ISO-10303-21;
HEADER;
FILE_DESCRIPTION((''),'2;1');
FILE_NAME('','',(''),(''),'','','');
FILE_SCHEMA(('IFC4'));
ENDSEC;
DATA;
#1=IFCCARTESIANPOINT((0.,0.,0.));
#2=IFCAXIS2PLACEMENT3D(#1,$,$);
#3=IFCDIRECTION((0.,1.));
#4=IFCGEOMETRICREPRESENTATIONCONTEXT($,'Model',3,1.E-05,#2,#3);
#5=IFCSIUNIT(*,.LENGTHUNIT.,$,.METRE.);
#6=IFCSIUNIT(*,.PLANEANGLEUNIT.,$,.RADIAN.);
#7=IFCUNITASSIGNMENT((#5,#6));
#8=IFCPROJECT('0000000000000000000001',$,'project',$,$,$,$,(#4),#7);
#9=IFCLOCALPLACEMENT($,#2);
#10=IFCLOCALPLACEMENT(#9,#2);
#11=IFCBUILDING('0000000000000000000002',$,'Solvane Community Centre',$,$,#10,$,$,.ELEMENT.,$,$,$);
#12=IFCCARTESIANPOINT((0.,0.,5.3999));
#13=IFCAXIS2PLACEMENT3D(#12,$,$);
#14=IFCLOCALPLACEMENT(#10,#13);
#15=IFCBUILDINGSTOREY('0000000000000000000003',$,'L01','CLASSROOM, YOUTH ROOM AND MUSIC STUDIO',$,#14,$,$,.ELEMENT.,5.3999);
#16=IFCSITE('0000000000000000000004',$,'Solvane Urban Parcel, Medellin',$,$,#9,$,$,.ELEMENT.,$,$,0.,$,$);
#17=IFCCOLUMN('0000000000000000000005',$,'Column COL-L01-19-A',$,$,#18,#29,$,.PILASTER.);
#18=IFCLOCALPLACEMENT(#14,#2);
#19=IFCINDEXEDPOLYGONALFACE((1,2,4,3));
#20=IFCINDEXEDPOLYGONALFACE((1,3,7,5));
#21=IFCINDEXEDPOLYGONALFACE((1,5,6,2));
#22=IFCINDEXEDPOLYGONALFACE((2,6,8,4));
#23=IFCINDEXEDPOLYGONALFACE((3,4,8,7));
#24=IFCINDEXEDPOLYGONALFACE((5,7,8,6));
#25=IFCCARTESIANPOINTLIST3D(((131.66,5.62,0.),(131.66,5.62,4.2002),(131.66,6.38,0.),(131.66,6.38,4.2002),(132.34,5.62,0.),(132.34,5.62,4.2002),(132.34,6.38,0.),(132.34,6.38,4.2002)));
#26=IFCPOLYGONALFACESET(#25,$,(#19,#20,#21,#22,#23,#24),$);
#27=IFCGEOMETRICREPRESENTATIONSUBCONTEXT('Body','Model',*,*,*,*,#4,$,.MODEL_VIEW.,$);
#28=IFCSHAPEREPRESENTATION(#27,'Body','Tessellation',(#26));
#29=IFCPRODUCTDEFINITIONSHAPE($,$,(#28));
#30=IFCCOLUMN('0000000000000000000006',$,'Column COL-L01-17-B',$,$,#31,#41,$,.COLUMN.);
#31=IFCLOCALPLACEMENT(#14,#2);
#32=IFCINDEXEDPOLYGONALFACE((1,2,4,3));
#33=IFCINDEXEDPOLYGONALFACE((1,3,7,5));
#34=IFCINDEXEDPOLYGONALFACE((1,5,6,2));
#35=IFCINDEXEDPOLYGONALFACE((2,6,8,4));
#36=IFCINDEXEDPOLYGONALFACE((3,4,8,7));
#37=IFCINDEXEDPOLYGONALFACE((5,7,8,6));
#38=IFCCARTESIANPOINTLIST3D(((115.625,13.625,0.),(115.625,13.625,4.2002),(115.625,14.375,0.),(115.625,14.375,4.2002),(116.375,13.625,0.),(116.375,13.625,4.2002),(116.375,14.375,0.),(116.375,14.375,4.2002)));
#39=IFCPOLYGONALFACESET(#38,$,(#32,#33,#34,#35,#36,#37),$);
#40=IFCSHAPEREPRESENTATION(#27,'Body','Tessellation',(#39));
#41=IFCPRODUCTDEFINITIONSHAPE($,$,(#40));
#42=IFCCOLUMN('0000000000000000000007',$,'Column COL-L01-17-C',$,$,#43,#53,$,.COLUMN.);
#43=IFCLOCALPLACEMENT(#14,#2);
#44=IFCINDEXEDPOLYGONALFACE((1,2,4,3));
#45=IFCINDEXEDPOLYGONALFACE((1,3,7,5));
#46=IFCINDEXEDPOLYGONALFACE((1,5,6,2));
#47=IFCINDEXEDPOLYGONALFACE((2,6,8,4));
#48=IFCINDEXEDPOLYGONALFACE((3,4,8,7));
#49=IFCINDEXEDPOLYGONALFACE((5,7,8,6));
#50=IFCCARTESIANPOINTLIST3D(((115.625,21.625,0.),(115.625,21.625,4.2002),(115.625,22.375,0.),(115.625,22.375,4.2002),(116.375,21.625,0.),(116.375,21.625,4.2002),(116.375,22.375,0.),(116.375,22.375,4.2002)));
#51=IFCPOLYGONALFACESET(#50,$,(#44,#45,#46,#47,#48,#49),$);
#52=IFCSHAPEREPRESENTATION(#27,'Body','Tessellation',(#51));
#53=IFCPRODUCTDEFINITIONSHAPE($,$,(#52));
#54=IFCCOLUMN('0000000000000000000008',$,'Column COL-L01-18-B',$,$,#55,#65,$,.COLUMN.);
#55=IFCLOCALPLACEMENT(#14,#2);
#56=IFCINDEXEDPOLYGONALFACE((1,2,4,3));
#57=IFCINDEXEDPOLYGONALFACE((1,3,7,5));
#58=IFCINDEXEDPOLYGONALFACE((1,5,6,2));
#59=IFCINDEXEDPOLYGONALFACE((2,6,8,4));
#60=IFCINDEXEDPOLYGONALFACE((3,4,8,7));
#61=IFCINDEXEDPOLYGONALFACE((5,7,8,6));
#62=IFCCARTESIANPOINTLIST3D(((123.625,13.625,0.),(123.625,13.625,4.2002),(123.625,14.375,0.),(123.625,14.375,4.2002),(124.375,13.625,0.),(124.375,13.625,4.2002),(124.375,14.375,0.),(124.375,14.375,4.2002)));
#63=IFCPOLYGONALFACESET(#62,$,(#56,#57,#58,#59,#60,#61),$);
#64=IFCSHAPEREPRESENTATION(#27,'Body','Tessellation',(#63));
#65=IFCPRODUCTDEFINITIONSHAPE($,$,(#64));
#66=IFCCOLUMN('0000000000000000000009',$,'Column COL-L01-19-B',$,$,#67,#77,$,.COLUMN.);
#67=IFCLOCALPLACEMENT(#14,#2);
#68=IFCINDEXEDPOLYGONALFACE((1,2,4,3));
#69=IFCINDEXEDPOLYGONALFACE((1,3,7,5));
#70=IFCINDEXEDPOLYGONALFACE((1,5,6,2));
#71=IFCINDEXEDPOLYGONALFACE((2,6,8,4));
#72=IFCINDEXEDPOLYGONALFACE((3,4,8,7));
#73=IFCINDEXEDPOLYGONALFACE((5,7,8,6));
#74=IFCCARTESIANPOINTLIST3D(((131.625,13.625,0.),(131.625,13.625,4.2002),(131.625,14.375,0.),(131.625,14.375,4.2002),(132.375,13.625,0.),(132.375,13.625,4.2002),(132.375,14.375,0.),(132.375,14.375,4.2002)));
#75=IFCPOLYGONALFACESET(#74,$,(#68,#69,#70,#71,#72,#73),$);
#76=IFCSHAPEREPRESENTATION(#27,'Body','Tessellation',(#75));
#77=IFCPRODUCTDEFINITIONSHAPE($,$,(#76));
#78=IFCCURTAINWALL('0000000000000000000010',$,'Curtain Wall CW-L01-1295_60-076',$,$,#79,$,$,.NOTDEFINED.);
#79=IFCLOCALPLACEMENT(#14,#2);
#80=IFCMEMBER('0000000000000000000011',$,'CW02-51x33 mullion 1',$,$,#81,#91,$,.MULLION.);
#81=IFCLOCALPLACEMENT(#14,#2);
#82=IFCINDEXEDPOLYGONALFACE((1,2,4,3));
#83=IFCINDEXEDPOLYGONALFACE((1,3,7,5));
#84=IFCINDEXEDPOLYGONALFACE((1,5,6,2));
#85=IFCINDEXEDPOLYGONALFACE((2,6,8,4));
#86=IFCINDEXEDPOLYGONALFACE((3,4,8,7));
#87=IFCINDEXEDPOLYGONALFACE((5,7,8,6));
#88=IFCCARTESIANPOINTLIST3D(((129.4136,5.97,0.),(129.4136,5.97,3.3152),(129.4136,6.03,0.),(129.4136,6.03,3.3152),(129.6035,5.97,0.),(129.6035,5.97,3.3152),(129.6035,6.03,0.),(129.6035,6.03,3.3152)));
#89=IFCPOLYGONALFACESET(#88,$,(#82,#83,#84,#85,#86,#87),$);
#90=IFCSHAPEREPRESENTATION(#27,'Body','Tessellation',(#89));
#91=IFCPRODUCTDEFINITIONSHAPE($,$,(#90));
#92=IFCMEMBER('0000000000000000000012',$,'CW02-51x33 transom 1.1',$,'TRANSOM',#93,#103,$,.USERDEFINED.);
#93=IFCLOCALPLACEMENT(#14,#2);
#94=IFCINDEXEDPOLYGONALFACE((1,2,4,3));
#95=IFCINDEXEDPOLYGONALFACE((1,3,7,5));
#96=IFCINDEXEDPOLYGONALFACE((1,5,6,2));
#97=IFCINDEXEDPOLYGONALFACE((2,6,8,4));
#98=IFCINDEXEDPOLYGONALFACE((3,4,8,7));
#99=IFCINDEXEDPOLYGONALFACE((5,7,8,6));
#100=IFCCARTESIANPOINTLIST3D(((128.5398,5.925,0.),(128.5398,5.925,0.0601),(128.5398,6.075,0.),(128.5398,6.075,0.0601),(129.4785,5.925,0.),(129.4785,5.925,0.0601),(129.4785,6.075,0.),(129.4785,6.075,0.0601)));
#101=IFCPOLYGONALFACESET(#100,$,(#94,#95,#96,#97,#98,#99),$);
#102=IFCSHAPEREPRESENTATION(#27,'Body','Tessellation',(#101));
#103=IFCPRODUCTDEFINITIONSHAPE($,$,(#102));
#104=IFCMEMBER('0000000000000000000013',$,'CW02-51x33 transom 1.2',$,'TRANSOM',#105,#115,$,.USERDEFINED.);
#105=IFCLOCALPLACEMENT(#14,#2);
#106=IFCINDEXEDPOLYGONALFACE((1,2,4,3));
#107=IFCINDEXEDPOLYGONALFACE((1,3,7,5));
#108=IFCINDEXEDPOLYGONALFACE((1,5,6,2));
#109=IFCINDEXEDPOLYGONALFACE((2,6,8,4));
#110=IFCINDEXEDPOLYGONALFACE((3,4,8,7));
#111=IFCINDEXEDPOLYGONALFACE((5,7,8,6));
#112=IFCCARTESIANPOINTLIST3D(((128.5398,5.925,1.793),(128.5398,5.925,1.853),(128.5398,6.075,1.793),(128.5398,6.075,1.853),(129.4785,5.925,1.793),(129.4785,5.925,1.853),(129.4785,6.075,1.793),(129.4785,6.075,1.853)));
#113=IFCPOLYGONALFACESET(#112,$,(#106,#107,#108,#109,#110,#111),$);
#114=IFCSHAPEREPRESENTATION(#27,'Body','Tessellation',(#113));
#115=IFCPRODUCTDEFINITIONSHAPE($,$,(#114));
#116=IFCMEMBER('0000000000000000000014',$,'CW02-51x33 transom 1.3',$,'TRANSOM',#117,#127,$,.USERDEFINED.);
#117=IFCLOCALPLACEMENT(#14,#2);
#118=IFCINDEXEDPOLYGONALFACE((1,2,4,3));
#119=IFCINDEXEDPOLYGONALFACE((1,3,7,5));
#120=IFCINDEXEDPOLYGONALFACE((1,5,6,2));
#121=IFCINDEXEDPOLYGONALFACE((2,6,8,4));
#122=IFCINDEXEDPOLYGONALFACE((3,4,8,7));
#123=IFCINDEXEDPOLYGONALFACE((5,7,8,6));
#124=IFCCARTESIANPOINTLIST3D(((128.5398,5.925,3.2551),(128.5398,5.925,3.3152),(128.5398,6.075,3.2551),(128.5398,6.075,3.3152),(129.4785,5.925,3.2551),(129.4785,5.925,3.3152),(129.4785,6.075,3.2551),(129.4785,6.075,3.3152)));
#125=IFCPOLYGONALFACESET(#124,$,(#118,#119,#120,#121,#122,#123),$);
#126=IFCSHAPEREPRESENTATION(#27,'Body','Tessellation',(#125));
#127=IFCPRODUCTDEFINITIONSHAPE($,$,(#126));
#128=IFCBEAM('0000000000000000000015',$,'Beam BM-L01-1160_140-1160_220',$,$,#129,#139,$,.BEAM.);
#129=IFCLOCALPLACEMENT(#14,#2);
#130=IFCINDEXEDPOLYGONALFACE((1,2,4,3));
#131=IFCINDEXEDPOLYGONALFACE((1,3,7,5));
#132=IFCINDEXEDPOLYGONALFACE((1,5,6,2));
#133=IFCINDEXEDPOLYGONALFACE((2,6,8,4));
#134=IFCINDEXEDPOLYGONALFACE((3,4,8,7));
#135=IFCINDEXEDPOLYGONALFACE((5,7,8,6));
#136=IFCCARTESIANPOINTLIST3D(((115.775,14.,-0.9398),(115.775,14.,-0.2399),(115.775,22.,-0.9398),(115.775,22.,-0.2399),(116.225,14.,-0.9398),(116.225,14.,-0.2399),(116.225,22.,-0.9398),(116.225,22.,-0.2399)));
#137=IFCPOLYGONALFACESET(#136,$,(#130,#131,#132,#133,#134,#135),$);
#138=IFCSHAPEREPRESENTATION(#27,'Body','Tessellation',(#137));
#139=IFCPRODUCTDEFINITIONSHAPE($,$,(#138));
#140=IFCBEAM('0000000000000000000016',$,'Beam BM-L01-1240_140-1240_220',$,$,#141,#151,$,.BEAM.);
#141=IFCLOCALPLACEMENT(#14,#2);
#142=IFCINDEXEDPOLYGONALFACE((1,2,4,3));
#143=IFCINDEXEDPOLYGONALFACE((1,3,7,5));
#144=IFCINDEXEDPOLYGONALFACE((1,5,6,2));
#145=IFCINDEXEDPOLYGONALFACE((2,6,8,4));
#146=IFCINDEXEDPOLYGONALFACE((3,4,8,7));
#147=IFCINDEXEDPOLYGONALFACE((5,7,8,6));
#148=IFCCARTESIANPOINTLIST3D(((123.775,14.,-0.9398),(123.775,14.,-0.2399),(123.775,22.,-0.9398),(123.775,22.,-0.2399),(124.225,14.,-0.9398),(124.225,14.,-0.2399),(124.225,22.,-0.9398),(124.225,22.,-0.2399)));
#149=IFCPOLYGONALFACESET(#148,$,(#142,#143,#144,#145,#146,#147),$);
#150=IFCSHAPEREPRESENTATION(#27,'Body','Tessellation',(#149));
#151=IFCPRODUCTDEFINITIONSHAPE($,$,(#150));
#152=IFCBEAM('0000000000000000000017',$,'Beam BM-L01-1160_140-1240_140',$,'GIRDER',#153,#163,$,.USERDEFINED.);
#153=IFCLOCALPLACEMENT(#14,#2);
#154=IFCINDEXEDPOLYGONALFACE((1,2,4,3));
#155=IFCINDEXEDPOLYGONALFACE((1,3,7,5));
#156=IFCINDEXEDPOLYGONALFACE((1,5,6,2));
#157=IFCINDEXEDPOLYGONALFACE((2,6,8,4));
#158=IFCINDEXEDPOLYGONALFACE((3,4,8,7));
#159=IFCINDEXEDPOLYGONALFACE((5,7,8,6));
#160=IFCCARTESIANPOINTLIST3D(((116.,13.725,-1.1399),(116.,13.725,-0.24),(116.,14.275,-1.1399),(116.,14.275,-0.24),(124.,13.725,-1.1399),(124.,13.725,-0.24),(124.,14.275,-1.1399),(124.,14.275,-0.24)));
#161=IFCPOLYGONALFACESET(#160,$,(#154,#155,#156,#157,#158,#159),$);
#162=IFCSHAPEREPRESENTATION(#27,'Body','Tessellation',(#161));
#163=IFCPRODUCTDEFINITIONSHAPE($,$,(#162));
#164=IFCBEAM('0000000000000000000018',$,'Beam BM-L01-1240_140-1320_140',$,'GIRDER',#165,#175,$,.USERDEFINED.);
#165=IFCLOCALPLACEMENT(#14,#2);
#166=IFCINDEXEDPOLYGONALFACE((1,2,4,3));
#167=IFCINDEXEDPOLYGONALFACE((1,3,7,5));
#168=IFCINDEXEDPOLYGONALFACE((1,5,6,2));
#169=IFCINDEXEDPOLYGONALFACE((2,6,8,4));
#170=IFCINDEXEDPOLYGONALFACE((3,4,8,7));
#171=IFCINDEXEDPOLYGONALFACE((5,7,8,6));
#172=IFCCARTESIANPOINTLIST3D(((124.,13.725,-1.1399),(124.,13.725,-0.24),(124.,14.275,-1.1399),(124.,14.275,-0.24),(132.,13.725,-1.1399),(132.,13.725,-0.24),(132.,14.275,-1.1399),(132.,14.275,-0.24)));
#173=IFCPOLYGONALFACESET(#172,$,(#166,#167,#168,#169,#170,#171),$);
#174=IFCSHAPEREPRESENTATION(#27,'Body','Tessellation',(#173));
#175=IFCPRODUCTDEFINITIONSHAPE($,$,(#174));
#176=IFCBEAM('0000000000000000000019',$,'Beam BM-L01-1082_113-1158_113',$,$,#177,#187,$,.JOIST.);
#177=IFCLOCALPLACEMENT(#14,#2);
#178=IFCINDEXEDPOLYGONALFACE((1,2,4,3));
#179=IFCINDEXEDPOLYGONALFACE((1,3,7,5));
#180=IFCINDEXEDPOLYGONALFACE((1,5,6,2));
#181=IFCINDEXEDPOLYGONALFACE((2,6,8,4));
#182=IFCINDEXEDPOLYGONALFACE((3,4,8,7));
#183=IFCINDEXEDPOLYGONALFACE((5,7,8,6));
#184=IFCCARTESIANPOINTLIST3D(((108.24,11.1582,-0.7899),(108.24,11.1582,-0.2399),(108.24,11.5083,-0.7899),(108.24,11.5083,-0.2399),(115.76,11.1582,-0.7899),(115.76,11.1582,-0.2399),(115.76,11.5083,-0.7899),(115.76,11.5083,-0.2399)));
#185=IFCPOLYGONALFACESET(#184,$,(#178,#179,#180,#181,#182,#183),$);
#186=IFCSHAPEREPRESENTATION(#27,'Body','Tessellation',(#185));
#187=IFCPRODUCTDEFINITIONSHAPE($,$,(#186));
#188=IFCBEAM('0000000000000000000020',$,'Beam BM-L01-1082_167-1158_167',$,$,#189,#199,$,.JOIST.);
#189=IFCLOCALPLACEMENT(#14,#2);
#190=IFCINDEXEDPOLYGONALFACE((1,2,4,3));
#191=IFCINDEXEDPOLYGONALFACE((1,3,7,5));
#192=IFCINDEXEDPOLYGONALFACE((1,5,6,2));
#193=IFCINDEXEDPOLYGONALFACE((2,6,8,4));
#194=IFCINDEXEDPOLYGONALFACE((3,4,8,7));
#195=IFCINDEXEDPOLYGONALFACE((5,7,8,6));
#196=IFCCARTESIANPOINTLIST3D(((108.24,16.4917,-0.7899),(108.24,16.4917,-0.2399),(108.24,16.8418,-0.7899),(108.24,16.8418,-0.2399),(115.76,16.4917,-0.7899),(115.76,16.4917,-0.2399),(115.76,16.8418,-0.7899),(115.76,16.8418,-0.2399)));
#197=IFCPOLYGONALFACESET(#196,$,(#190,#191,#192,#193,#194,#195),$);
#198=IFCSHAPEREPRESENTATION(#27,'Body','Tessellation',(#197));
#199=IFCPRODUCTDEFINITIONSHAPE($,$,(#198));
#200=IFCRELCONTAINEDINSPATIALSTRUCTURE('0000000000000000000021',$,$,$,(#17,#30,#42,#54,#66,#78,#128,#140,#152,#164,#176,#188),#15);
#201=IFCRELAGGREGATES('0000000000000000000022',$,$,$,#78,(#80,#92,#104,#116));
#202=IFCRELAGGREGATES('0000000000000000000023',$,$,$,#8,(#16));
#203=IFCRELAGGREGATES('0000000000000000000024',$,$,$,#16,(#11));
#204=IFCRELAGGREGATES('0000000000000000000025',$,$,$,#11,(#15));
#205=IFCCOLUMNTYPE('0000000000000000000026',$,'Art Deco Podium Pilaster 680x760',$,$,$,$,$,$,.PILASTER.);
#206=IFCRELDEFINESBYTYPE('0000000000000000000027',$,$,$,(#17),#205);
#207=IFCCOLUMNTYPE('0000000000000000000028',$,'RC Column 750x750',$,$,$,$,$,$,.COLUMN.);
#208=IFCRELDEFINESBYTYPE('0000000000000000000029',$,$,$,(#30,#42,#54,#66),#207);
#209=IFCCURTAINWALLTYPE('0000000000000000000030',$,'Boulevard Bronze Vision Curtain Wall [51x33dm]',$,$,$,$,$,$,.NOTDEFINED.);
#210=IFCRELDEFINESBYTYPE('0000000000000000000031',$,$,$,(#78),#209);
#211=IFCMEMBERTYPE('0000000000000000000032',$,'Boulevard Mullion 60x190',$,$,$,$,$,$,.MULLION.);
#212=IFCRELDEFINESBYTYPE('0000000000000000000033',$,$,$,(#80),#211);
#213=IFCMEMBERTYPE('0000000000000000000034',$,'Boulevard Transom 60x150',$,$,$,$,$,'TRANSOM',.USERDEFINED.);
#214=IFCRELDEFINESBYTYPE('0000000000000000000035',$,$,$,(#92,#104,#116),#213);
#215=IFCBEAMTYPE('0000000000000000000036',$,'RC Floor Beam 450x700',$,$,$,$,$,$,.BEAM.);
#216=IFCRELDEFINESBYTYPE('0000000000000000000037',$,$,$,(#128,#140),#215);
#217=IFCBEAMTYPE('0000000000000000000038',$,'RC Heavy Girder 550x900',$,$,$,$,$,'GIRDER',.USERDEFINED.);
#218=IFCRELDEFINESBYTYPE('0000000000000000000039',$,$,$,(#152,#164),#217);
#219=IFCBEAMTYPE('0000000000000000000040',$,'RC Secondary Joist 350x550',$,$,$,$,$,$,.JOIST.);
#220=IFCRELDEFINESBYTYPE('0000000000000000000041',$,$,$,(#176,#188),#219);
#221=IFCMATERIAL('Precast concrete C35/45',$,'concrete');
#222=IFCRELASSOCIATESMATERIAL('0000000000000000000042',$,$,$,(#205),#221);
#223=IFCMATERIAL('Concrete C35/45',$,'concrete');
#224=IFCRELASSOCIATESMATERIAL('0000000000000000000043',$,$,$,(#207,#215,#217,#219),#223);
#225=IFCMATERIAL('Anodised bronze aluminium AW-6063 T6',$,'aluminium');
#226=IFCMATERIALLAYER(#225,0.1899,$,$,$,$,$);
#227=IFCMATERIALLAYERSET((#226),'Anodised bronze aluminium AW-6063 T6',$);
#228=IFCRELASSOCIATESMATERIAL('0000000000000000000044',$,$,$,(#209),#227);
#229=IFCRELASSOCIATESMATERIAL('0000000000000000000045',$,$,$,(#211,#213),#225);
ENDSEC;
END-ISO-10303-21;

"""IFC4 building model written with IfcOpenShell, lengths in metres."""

from ifc_helpers import new_model, si_unit, direction, frame, origin, origin_2d, place, context, subcontext, project, spatial, rectangle, extrude, material, layer, layer_set, material_profile, profile_set, type_object, element, aggregate, save


model = new_model("IFC4")

# Units and contexts
model_context = context("Model", 3, precision=1e-05, world=origin(), true_north=direction((0.0, 1.0)))
body_context = subcontext(model_context, "Body", "Model", "MODEL_VIEW")
ifc_project = project(units=[si_unit("LENGTHUNIT", "METRE"), si_unit("PLANEANGLEUNIT", "RADIAN")], contexts=[model_context])

# Site, building, storey
site_placement = place(None, origin())
site = spatial("IfcSite", under=ifc_project, at=site_placement, Name="Solvane Urban Parcel, Medellin", CompositionType="ELEMENT", RefElevation=0.0)
building_placement = place(site_placement, origin())
building = spatial("IfcBuilding", under=site, at=building_placement, Name="Solvane Community Centre", CompositionType="ELEMENT")
storey_placement = place(building_placement, frame((0.0, 0.0, 5.3999)))
storey = spatial("IfcBuildingStorey", under=building, at=storey_placement, Name="L01", Description="CLASSROOM, YOUTH ROOM AND MUSIC STUDIO", CompositionType="ELEMENT", Elevation=5.3999)

# Columns
ifc_material_1 = material(Name="Precast concrete C35/45", Category="concrete")
ifc_material_profile_1 = material_profile(ifc_material_1, rectangle(XDim=0.6799, YDim=0.76, at=origin_2d()), Name="RC 680x760")
ifc_profile_set_1 = profile_set([ifc_material_profile_1], Name="Precast concrete C35/45")
column_type_1 = type_object("IfcColumnType", Name="Art Deco Podium Pilaster 680x760", PredefinedType="PILASTER", material=ifc_profile_set_1)
column_placement = place(storey_placement, frame((132.0, 6.0, 0.0), z_axis=(0.0, 0.0, 1.0), x_axis=(1.0, 0.0, 0.0)))
element("IfcColumn", 1, at=column_placement, inside=storey, type_object=column_type_1, Name="Column COL-L01-19-A", PredefinedType="PILASTER", context=body_context, shape_type="SweptSolid", body=[
    extrude(rectangle(XDim=0.6799, YDim=0.76, at=origin_2d()), origin(), (0.0, 0.0, 1.0), 4.2002),
])
ifc_material_2 = material(Name="Concrete C35/45", Category="concrete")
ifc_material_profile_2 = material_profile(ifc_material_2, rectangle(XDim=0.75, YDim=0.75, at=origin_2d()), Name="RC 750x750")
ifc_profile_set_2 = profile_set([ifc_material_profile_2], Name="Concrete C35/45")
column_type_2 = type_object("IfcColumnType", Name="RC Column 750x750", PredefinedType="COLUMN", material=ifc_profile_set_2)
for number, where, z_axis, x_axis, name in (
    (2, (116.0, 14.0, 0.0), (0.0, 0.0, 1.0), (1.0, 0.0, 0.0), "Column COL-L01-17-B"),
    (3, (116.0, 22.0, 0.0), (0.0, 0.0, 1.0), (1.0, 0.0, 0.0), "Column COL-L01-17-C"),
    (4, (124.0, 14.0, 0.0), (0.0, 0.0, 1.0), (1.0, 0.0, 0.0), "Column COL-L01-18-B"),
    (5, (132.0, 14.0, 0.0), (0.0, 0.0, 1.0), (1.0, 0.0, 0.0), "Column COL-L01-19-B"),
):
    element("IfcColumn", number, at=place(storey_placement, frame(where, z_axis=z_axis, x_axis=x_axis)), inside=storey, type_object=column_type_2, Name=name, PredefinedType="COLUMN", context=body_context, shape_type="SweptSolid", body=[
        extrude(rectangle(XDim=0.75, YDim=0.75, at=origin_2d()), origin(), (0.0, 0.0, 1.0), 4.2002),
    ])

# Curtain wall, members
ifc_material_3 = material(Name="Anodised bronze aluminium AW-6063 T6", Category="aluminium")
ifc_layer_1 = layer(ifc_material_3, 0.1899)
ifc_layer_set_1 = layer_set([ifc_layer_1], Name="Anodised bronze aluminium AW-6063 T6")
curtain_wall_type = type_object("IfcCurtainWallType", Name="Boulevard Bronze Vision Curtain Wall [51x33dm]", PredefinedType="NOTDEFINED", material=ifc_layer_set_1)
curtain_wall_placement = place(storey_placement, origin())
curtain_wall = element("IfcCurtainWall", 6, at=curtain_wall_placement, inside=storey, type_object=curtain_wall_type, Name="Curtain Wall CW-L01-1295_60-076", PredefinedType="NOTDEFINED")
ifc_material_profile_3 = material_profile(ifc_material_3, rectangle(XDim=0.0601, YDim=0.1899, at=origin_2d()), Name="CW-M 60x190")
ifc_profile_set_3 = profile_set([ifc_material_profile_3], Name="Anodised bronze aluminium AW-6063 T6")
member_type_1 = type_object("IfcMemberType", Name="Boulevard Mullion 60x190", PredefinedType="MULLION", material=ifc_profile_set_3)
member_1_placement = place(storey_placement, frame((129.5085, 6.0, 0.0), z_axis=(0.0, 0.0, 1.0), x_axis=(0.0, -1.0, 0.0)))
member_1 = element("IfcMember", 7, at=member_1_placement, type_object=member_type_1, Name="CW02-51x33 mullion 1", PredefinedType="MULLION", context=body_context, shape_type="SweptSolid", body=[
    extrude(rectangle(XDim=0.0601, YDim=0.1899, at=origin_2d()), origin(), (0.0, 0.0, 1.0), 3.3152),
])
ifc_material_profile_4 = material_profile(ifc_material_3, rectangle(XDim=0.1499, YDim=0.0601, at=origin_2d()), Name="CW-T 60x150")
ifc_profile_set_4 = profile_set([ifc_material_profile_4], Name="Anodised bronze aluminium AW-6063 T6")
member_type_2 = type_object("IfcMemberType", Name="Boulevard Transom 60x150", ElementType="TRANSOM", PredefinedType="USERDEFINED", material=ifc_profile_set_4)
member_2_placement = place(storey_placement, frame((129.4785, 6.0, 0.03), z_axis=(-1.0, 0.0, 0.0), x_axis=(0.0, -1.0, 0.0)))
member_2 = element("IfcMember", 8, at=member_2_placement, type_object=member_type_2, Name="CW02-51x33 transom 1.1", ObjectType="TRANSOM", PredefinedType="USERDEFINED", context=body_context, shape_type="SweptSolid", body=[
    extrude(rectangle(XDim=0.1499, YDim=0.0601, at=origin_2d()), origin(), (0.0, 0.0, 1.0), 0.9387),
])
member_3_placement = place(storey_placement, frame((129.4785, 6.0, 1.823), z_axis=(-1.0, 0.0, 0.0), x_axis=(0.0, -1.0, 0.0)))
member_3 = element("IfcMember", 9, at=member_3_placement, type_object=member_type_2, Name="CW02-51x33 transom 1.2", ObjectType="TRANSOM", PredefinedType="USERDEFINED", context=body_context, shape_type="SweptSolid", body=[
    extrude(rectangle(XDim=0.1499, YDim=0.0601, at=origin_2d()), origin(), (0.0, 0.0, 1.0), 0.9387),
])
member_4_placement = place(storey_placement, frame((129.4785, 6.0, 3.2852), z_axis=(-1.0, 0.0, 0.0), x_axis=(0.0, -1.0, 0.0)))
member_4 = element("IfcMember", 10, at=member_4_placement, type_object=member_type_2, Name="CW02-51x33 transom 1.3", ObjectType="TRANSOM", PredefinedType="USERDEFINED", context=body_context, shape_type="SweptSolid", body=[
    extrude(rectangle(XDim=0.1499, YDim=0.0601, at=origin_2d()), origin(), (0.0, 0.0, 1.0), 0.9387),
])

# Beams
ifc_material_profile_5 = material_profile(ifc_material_2, rectangle(XDim=0.45, YDim=0.7, at=origin_2d()), Name="RC 450x700")
ifc_profile_set_5 = profile_set([ifc_material_profile_5], Name="Concrete C35/45")
beam_type_1 = type_object("IfcBeamType", Name="RC Floor Beam 450x700", PredefinedType="BEAM", material=ifc_profile_set_5)
for number, where, z_axis, x_axis, name in (
    (11, (116.0, 14.0, -0.5898), (0.0, 1.0, 0.0), (-1.0, 0.0, 0.0), "Beam BM-L01-1160_140-1160_220"),
    (12, (124.0, 14.0, -0.5898), (0.0, 1.0, 0.0), (-1.0, 0.0, 0.0), "Beam BM-L01-1240_140-1240_220"),
):
    element("IfcBeam", number, at=place(storey_placement, frame(where, z_axis=z_axis, x_axis=x_axis)), inside=storey, type_object=beam_type_1, Name=name, PredefinedType="BEAM", context=body_context, shape_type="SweptSolid", body=[
        extrude(rectangle(XDim=0.45, YDim=0.7, at=origin_2d()), origin(), (0.0, 0.0, 1.0), 8.0),
    ])
ifc_material_profile_6 = material_profile(ifc_material_2, rectangle(XDim=0.55, YDim=0.8999, at=origin_2d()), Name="RC 550x900")
ifc_profile_set_6 = profile_set([ifc_material_profile_6], Name="Concrete C35/45")
beam_type_2 = type_object("IfcBeamType", Name="RC Heavy Girder 550x900", ElementType="GIRDER", PredefinedType="USERDEFINED", material=ifc_profile_set_6)
for number, where, z_axis, x_axis, name in (
    (13, (116.0, 14.0, -0.6899), (1.0, 0.0, 0.0), (0.0, 1.0, 0.0), "Beam BM-L01-1160_140-1240_140"),
    (14, (124.0, 14.0, -0.6899), (1.0, 0.0, 0.0), (0.0, 1.0, 0.0), "Beam BM-L01-1240_140-1320_140"),
):
    element("IfcBeam", number, at=place(storey_placement, frame(where, z_axis=z_axis, x_axis=x_axis)), inside=storey, type_object=beam_type_2, Name=name, ObjectType="GIRDER", PredefinedType="USERDEFINED", context=body_context, shape_type="SweptSolid", body=[
        extrude(rectangle(XDim=0.55, YDim=0.8999, at=origin_2d()), origin(), (0.0, 0.0, 1.0), 8.0),
    ])
ifc_material_profile_7 = material_profile(ifc_material_2, rectangle(XDim=0.3501, YDim=0.55, at=origin_2d()), Name="RC 350x550")
ifc_profile_set_7 = profile_set([ifc_material_profile_7], Name="Concrete C35/45")
beam_type_3 = type_object("IfcBeamType", Name="RC Secondary Joist 350x550", PredefinedType="JOIST", material=ifc_profile_set_7)
for number, where, z_axis, x_axis, name in (
    (15, (108.24, 11.3333, -0.5149), (1.0, 0.0, 0.0), (0.0, 1.0, 0.0), "Beam BM-L01-1082_113-1158_113"),
    (16, (108.24, 16.6667, -0.5149), (1.0, 0.0, 0.0), (0.0, 1.0, 0.0), "Beam BM-L01-1082_167-1158_167"),
):
    element("IfcBeam", number, at=place(storey_placement, frame(where, z_axis=z_axis, x_axis=x_axis)), inside=storey, type_object=beam_type_3, Name=name, PredefinedType="JOIST", context=body_context, shape_type="SweptSolid", body=[
        extrude(rectangle(XDim=0.3501, YDim=0.55, at=origin_2d()), origin(), (0.0, 0.0, 1.0), 7.52),
    ])

aggregate(curtain_wall, [member_1, member_2, member_3, member_4])

save(model, "model.ifc")
